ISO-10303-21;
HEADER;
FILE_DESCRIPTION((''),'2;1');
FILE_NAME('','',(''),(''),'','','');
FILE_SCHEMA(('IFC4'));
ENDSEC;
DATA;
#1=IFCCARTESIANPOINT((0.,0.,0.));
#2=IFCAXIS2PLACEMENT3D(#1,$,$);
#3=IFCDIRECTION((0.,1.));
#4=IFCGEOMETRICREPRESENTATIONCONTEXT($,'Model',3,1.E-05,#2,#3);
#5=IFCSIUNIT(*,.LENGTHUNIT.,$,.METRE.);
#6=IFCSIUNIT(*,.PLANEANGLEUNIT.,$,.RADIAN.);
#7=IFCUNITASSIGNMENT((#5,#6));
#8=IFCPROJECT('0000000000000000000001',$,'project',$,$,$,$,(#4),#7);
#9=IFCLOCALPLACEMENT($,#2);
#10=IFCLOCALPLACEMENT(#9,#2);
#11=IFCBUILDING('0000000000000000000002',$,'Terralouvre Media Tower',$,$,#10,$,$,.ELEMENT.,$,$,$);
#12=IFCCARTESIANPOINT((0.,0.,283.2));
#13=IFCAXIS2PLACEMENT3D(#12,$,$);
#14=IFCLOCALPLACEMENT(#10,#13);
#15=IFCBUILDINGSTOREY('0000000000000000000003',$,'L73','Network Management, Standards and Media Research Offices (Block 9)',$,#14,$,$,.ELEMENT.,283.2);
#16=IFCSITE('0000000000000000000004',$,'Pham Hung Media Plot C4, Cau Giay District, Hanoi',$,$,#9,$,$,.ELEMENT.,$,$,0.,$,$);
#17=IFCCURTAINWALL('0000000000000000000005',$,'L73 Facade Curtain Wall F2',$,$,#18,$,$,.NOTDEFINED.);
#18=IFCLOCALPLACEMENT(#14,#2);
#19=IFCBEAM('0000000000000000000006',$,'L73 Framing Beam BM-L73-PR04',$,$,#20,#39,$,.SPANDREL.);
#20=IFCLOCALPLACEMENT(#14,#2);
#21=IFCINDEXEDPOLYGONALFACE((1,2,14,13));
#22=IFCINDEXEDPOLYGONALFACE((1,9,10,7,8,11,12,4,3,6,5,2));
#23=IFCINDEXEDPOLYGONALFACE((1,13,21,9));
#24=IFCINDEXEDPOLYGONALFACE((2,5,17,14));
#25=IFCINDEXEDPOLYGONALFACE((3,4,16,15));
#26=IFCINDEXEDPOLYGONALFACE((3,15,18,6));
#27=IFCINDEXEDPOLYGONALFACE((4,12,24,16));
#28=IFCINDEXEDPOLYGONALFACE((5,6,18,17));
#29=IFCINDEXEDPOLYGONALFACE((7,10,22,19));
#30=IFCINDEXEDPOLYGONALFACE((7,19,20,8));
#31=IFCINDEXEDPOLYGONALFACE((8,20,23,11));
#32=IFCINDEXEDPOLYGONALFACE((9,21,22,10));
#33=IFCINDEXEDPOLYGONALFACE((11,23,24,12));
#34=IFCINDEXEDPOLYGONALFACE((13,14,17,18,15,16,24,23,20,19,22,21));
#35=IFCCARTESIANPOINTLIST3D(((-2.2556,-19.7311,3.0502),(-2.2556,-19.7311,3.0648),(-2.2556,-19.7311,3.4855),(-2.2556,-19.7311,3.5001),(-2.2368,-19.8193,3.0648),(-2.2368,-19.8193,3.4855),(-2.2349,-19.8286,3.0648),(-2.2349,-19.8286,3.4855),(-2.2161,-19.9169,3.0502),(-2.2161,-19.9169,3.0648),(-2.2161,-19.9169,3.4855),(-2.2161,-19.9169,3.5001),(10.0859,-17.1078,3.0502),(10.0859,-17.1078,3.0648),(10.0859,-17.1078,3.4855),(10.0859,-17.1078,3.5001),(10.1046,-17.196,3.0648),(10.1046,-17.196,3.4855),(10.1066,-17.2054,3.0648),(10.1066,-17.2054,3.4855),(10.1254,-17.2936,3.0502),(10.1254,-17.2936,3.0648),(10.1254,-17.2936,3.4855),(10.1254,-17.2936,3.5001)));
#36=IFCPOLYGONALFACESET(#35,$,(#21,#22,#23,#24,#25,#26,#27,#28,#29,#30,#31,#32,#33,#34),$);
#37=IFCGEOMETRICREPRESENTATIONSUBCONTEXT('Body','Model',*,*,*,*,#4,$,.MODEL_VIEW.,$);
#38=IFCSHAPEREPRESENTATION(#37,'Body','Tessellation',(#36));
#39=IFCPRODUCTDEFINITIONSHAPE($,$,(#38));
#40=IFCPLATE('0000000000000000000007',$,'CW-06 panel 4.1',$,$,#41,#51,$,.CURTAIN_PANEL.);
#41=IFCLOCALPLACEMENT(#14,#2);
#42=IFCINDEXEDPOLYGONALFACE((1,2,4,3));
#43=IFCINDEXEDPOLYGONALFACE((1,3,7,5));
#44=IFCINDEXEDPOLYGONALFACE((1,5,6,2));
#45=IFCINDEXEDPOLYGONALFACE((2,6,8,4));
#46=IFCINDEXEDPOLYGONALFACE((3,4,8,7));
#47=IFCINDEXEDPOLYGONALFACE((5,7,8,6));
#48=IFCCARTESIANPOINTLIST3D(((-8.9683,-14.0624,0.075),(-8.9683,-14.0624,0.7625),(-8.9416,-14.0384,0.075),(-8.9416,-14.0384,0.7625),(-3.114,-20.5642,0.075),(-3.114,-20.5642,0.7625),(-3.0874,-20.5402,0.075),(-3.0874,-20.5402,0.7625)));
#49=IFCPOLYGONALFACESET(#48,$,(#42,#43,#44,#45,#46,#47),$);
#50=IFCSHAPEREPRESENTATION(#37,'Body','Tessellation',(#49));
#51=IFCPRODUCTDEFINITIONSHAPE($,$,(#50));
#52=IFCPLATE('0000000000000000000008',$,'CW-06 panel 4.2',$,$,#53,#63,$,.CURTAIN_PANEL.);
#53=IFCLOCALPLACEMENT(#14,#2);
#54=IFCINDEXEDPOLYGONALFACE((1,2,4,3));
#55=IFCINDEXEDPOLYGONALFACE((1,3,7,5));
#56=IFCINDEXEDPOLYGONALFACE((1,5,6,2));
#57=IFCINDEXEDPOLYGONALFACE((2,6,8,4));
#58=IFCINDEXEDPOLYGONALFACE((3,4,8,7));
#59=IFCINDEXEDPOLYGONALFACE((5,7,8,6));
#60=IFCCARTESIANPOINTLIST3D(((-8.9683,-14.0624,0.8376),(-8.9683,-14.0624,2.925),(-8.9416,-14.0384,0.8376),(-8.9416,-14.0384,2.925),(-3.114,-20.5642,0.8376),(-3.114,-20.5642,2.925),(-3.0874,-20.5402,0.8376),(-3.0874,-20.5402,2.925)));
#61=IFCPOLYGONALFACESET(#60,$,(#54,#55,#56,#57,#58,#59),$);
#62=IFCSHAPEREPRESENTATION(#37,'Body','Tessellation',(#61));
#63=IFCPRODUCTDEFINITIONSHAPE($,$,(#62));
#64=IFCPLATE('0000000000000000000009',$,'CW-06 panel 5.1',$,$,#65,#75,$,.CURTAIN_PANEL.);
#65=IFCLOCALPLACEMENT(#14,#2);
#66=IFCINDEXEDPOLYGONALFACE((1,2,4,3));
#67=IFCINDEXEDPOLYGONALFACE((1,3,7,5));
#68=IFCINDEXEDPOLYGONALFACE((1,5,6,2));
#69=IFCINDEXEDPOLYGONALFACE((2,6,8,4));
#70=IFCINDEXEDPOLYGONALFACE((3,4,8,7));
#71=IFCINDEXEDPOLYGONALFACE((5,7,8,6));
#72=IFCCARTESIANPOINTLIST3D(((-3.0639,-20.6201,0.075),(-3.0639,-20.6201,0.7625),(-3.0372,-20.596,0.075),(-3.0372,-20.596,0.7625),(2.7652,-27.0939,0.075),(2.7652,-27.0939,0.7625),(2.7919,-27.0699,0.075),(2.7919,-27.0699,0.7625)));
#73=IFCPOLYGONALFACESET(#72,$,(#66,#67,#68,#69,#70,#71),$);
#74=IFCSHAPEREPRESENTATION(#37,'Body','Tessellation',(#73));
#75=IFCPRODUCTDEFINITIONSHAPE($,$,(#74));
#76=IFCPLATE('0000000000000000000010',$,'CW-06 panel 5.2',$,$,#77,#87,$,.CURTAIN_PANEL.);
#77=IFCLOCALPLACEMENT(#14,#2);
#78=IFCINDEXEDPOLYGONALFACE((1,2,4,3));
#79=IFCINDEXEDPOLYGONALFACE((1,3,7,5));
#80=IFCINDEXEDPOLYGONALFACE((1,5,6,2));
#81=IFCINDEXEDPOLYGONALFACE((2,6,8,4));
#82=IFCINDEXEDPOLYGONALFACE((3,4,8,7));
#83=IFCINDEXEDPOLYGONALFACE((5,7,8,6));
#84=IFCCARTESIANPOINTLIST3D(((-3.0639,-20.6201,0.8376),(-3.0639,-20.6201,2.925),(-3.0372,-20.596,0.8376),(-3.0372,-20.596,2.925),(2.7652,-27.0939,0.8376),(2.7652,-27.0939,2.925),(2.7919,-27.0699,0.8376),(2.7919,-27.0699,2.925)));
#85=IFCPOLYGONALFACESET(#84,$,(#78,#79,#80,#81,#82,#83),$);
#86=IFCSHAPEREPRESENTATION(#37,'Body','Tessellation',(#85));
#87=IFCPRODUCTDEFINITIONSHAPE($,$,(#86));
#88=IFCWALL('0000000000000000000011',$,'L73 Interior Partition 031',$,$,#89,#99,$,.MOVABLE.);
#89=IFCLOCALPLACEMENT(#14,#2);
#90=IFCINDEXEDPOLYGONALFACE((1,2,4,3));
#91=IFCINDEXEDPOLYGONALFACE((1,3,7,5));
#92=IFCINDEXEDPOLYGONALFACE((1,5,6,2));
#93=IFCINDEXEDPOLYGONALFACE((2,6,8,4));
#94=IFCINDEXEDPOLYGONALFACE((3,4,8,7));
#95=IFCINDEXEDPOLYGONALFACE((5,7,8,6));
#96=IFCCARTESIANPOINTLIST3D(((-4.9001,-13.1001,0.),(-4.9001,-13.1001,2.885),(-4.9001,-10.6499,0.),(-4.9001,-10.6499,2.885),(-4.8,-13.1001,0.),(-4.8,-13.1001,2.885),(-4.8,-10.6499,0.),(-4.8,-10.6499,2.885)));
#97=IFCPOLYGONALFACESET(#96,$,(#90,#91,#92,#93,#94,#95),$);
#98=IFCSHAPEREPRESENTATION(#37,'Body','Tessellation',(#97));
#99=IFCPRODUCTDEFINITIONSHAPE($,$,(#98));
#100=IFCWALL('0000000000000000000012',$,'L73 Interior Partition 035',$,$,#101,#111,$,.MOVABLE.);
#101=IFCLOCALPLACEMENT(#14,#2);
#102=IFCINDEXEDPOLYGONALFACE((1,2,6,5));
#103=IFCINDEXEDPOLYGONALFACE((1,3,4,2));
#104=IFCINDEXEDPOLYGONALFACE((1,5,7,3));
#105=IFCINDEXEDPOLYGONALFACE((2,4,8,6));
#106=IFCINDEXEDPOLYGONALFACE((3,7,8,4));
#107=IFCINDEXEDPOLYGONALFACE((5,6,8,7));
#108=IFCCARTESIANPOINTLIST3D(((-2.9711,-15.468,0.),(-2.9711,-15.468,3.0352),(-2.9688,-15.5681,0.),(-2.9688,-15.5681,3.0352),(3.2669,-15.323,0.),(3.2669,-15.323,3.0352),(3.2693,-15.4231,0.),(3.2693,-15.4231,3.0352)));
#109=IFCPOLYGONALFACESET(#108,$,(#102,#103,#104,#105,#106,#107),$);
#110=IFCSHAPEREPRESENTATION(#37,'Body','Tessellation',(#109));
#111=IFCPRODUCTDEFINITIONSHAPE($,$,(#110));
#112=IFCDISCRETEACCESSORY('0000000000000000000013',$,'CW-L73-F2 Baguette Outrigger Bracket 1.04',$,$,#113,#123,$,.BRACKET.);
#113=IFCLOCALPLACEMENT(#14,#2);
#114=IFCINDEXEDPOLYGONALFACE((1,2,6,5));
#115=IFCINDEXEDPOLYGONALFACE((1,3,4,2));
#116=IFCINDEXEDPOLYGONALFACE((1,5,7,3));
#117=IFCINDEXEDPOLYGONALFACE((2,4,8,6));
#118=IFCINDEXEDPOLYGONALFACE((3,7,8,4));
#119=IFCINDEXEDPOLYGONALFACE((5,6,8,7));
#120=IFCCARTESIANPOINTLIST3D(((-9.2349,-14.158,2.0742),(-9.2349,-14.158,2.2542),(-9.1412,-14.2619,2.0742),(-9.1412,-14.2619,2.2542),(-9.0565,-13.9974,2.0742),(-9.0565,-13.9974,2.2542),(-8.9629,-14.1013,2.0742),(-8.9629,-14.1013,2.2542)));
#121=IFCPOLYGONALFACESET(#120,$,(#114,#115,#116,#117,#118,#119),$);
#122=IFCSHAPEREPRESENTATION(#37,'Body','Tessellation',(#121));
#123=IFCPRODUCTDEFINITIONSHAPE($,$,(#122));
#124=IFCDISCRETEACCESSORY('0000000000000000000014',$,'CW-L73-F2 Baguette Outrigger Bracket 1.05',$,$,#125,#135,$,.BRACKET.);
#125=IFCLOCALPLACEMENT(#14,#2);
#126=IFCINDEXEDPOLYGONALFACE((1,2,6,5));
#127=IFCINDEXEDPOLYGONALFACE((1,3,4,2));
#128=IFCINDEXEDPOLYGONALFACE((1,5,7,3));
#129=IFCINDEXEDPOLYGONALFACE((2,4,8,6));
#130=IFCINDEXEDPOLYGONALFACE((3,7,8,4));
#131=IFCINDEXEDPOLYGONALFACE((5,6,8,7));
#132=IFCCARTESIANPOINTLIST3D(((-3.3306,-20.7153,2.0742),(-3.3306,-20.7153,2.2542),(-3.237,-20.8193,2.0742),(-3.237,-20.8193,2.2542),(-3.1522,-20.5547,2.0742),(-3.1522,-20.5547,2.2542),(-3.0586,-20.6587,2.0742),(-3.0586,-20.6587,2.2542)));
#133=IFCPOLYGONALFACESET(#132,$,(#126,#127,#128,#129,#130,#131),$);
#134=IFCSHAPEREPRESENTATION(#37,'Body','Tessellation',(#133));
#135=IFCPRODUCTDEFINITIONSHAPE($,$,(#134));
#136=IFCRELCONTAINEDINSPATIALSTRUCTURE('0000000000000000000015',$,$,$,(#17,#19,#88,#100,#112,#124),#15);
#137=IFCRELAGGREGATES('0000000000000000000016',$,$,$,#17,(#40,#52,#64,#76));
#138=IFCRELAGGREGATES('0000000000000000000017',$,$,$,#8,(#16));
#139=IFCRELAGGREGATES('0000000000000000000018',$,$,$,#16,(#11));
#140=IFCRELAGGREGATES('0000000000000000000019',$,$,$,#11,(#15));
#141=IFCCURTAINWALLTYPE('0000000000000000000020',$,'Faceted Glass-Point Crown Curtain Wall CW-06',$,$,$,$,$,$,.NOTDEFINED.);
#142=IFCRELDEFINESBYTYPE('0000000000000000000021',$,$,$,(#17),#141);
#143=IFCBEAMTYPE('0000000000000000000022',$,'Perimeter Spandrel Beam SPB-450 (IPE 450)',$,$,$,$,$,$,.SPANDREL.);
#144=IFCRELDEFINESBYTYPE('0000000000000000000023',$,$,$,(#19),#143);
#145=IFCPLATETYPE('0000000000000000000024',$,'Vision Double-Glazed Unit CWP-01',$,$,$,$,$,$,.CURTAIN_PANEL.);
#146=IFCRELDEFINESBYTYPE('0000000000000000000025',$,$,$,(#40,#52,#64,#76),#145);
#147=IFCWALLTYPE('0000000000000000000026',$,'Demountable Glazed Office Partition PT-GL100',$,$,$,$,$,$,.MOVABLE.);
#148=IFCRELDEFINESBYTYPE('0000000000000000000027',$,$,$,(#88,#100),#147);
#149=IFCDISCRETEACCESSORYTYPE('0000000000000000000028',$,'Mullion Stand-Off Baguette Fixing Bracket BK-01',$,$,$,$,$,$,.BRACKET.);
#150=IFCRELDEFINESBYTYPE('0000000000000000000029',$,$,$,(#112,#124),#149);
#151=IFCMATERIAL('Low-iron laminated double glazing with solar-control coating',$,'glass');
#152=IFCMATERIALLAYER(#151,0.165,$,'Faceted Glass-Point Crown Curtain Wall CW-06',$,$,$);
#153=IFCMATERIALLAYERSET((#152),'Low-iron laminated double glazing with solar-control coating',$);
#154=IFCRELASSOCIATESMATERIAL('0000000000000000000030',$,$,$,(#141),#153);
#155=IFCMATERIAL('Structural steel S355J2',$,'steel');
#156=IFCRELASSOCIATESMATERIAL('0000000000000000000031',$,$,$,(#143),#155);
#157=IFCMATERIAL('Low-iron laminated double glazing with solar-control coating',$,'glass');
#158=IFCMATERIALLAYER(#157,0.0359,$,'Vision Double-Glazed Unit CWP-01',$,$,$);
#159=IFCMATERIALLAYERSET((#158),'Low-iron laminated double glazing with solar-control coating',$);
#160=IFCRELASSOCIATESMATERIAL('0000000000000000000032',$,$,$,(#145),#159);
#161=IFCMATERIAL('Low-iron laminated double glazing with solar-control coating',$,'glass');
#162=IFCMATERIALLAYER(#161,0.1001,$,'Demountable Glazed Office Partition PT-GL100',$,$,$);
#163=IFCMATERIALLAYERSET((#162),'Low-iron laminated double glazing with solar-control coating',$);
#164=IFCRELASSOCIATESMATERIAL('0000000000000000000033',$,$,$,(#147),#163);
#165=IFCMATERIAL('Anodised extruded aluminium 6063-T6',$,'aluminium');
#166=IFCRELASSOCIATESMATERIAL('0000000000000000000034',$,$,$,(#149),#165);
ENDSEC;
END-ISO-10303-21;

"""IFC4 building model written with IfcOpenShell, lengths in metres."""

from ifc_helpers import new_model, si_unit, direction, frame, frame_2d, origin, origin_2d, place, context, subcontext, project, spatial, rectangle, i_section, extrude, material, layer, layer_set, material_profile, profile_set, type_object, element, aggregate, save


model = new_model("IFC4")

# Units and contexts
model_context = context("Model", 3, precision=1e-05, world=origin(), true_north=direction((0.0, 1.0)))
body_context = subcontext(model_context, "Body", "Model", "MODEL_VIEW")
ifc_project = project(units=[si_unit("LENGTHUNIT", "METRE"), si_unit("PLANEANGLEUNIT", "RADIAN")], contexts=[model_context])

# Site, building, storey
site_placement = place(None, origin())
site = spatial("IfcSite", under=ifc_project, at=site_placement, Name="Pham Hung Media Plot C4, Cau Giay District, Hanoi", CompositionType="ELEMENT", RefElevation=0.0)
building_placement = place(site_placement, origin())
building = spatial("IfcBuilding", under=site, at=building_placement, Name="Terralouvre Media Tower", CompositionType="ELEMENT")
storey_placement = place(building_placement, frame((0.0, 0.0, 283.2)))
storey = spatial("IfcBuildingStorey", under=building, at=storey_placement, Name="L73", Description="Network Management, Standards and Media Research Offices (Block 9)", CompositionType="ELEMENT", Elevation=283.2)

# Curtain wall
ifc_material_1 = material(Name="Low-iron laminated double glazing with solar-control coating", Category="glass")
ifc_layer_1 = layer(ifc_material_1, 0.165, Name="Faceted Glass-Point Crown Curtain Wall CW-06")
ifc_layer_set_1 = layer_set([ifc_layer_1], Name="Low-iron laminated double glazing with solar-control coating")
curtain_wall_type = type_object("IfcCurtainWallType", Name="Faceted Glass-Point Crown Curtain Wall CW-06", PredefinedType="NOTDEFINED", material=ifc_layer_set_1)
curtain_wall_placement = place(storey_placement, origin())
curtain_wall = element("IfcCurtainWall", 1, at=curtain_wall_placement, inside=storey, type_object=curtain_wall_type, Name="L73 Facade Curtain Wall F2", PredefinedType="NOTDEFINED")

# Beam
ifc_material_2 = material(Name="Structural steel S355J2", Category="steel")
ifc_material_profile_1 = material_profile(ifc_material_2, i_section(OverallWidth=0.1899, OverallDepth=0.45, WebThickness=0.0095, FlangeThickness=0.0146, at=origin_2d()), Name="IPE 450")
ifc_profile_set_1 = profile_set([ifc_material_profile_1], Name="Structural steel S355J2")
beam_type_1 = type_object("IfcBeamType", Name="Perimeter Spandrel Beam SPB-450 (IPE 450)", PredefinedType="SPANDREL", material=ifc_profile_set_1)
beam_1_placement = place(storey_placement, frame((-2.2358, -19.824, 3.2751), z_axis=(0.978147, 0.207913, 0.0), x_axis=(-0.207913, 0.978147, 0.0)))
element("IfcBeam", 2, at=beam_1_placement, inside=storey, type_object=beam_type_1, Name="L73 Framing Beam BM-L73-PR04", PredefinedType="SPANDREL", context=body_context, shape_type="SweptSolid", body=[
    extrude(i_section(OverallWidth=0.1899, OverallDepth=0.45, WebThickness=0.0095, FlangeThickness=0.0146, at=origin_2d()), origin(), (0.0, 0.0, 1.0), 12.6172),
])

# Plates
ifc_material_3 = material(Name="Low-iron laminated double glazing with solar-control coating", Category="glass")
ifc_layer_2 = layer(ifc_material_3, 0.0359, Name="Vision Double-Glazed Unit CWP-01")
ifc_layer_set_2 = layer_set([ifc_layer_2], Name="Low-iron laminated double glazing with solar-control coating")
plate_type = type_object("IfcPlateType", Name="Vision Double-Glazed Unit CWP-01", PredefinedType="CURTAIN_PANEL", material=ifc_layer_set_2)
plate_1_placement = place(storey_placement, frame((-6.0278, -17.3013, 0.075), z_axis=(0.0, 0.0, 1.0), x_axis=(0.669131, -0.743145, 0.0)))
plate_1 = element("IfcPlate", 3, at=plate_1_placement, type_object=plate_type, Name="CW-06 panel 4.1", PredefinedType="CURTAIN_PANEL", context=body_context, shape_type="SweptSolid", body=[
    extrude(rectangle(XDim=8.749, YDim=0.0359, at=origin_2d()), origin(), (0.0, 0.0, 1.0), 0.6875),
])
plate_2_placement = place(storey_placement, frame((-6.0278, -17.3013, 0.8376), z_axis=(0.0, 0.0, 1.0), x_axis=(0.669131, -0.743145, 0.0)))
plate_2 = element("IfcPlate", 4, at=plate_2_placement, type_object=plate_type, Name="CW-06 panel 4.2", PredefinedType="CURTAIN_PANEL", context=body_context, shape_type="SweptSolid", body=[
    extrude(rectangle(XDim=8.749, YDim=0.0359, at=origin_2d()), origin(), (0.0, 0.0, 1.0), 2.0874),
])
plate_3_placement = place(storey_placement, frame((-0.136, -23.845, 0.075), z_axis=(0.0, 0.0, 1.0), x_axis=(0.669131, -0.743145, 0.0)))
plate_3 = element("IfcPlate", 5, at=plate_3_placement, type_object=plate_type, Name="CW-06 panel 5.1", PredefinedType="CURTAIN_PANEL", context=body_context, shape_type="SweptSolid", body=[
    extrude(rectangle(XDim=8.7114, YDim=0.0359, at=origin_2d()), origin(), (0.0, 0.0, 1.0), 0.6875),
])
plate_4_placement = place(storey_placement, frame((-0.136, -23.845, 0.8376), z_axis=(0.0, 0.0, 1.0), x_axis=(0.669131, -0.743145, 0.0)))
plate_4 = element("IfcPlate", 6, at=plate_4_placement, type_object=plate_type, Name="CW-06 panel 5.2", PredefinedType="CURTAIN_PANEL", context=body_context, shape_type="SweptSolid", body=[
    extrude(rectangle(XDim=8.7114, YDim=0.0359, at=origin_2d()), origin(), (0.0, 0.0, 1.0), 2.0874),
])
aggregate(curtain_wall, [plate_1, plate_2, plate_3, plate_4])

# Walls
ifc_material_4 = material(Name="Low-iron laminated double glazing with solar-control coating", Category="glass")
ifc_layer_3 = layer(ifc_material_4, 0.1001, Name="Demountable Glazed Office Partition PT-GL100")
ifc_layer_set_3 = layer_set([ifc_layer_3], Name="Low-iron laminated double glazing with solar-control coating")
wall_type = type_object("IfcWallType", Name="Demountable Glazed Office Partition PT-GL100", PredefinedType="MOVABLE", material=ifc_layer_set_3)
wall_1_placement = place(storey_placement, frame((-4.8501, -13.1001, 0.0), z_axis=(0.0, 0.0, 1.0), x_axis=(0.0, 1.0, 0.0)))
element("IfcWall", 7, at=wall_1_placement, inside=storey, type_object=wall_type, Name="L73 Interior Partition 031", PredefinedType="MOVABLE", context=body_context, shape_type="SweptSolid", body=[
    extrude(rectangle(XDim=2.4502, YDim=0.1001, at=frame_2d((1.2251, 0.0))), origin(), (0.0, 0.0, 1.0), 2.885),
])
wall_2_placement = place(storey_placement, frame((-2.97, -15.5181, 0.0), z_axis=(0.0, 0.0, 1.0), x_axis=(0.99973, 0.023241, 0.0)))
element("IfcWall", 8, at=wall_2_placement, inside=storey, type_object=wall_type, Name="L73 Interior Partition 035", PredefinedType="MOVABLE", context=body_context, shape_type="SweptSolid", body=[
    extrude(rectangle(XDim=6.2397, YDim=0.1001, at=frame_2d((3.1199, 0.0))), origin(), (0.0, 0.0, 1.0), 3.0352),
])

# Discrete accessories
ifc_material_5 = material(Name="Anodised extruded aluminium 6063-T6", Category="aluminium")
discrete_accessory_type = type_object("IfcDiscreteAccessoryType", Name="Mullion Stand-Off Baguette Fixing Bracket BK-01", PredefinedType="BRACKET", material=ifc_material_5)
for number, where, z_axis, x_axis, name in (
    (9, (-9.0989, -14.1296, 2.0742), (0.0, 0.0, 1.0), (0.669131, -0.743145, 0.0), "CW-L73-F2 Baguette Outrigger Bracket 1.04"),
    (10, (-3.1946, -20.687, 2.0742), (0.0, 0.0, 1.0), (0.669131, -0.743145, 0.0), "CW-L73-F2 Baguette Outrigger Bracket 1.05"),
):
    element("IfcDiscreteAccessory", number, at=place(storey_placement, frame(where, z_axis=z_axis, x_axis=x_axis)), inside=storey, type_object=discrete_accessory_type, Name=name, PredefinedType="BRACKET", context=body_context, shape_type="SweptSolid", body=[
        extrude(rectangle(XDim=0.1399, YDim=0.24, at=origin_2d()), origin(), (0.0, 0.0, 1.0), 0.1799),
    ])

save(model, "model.ifc")
